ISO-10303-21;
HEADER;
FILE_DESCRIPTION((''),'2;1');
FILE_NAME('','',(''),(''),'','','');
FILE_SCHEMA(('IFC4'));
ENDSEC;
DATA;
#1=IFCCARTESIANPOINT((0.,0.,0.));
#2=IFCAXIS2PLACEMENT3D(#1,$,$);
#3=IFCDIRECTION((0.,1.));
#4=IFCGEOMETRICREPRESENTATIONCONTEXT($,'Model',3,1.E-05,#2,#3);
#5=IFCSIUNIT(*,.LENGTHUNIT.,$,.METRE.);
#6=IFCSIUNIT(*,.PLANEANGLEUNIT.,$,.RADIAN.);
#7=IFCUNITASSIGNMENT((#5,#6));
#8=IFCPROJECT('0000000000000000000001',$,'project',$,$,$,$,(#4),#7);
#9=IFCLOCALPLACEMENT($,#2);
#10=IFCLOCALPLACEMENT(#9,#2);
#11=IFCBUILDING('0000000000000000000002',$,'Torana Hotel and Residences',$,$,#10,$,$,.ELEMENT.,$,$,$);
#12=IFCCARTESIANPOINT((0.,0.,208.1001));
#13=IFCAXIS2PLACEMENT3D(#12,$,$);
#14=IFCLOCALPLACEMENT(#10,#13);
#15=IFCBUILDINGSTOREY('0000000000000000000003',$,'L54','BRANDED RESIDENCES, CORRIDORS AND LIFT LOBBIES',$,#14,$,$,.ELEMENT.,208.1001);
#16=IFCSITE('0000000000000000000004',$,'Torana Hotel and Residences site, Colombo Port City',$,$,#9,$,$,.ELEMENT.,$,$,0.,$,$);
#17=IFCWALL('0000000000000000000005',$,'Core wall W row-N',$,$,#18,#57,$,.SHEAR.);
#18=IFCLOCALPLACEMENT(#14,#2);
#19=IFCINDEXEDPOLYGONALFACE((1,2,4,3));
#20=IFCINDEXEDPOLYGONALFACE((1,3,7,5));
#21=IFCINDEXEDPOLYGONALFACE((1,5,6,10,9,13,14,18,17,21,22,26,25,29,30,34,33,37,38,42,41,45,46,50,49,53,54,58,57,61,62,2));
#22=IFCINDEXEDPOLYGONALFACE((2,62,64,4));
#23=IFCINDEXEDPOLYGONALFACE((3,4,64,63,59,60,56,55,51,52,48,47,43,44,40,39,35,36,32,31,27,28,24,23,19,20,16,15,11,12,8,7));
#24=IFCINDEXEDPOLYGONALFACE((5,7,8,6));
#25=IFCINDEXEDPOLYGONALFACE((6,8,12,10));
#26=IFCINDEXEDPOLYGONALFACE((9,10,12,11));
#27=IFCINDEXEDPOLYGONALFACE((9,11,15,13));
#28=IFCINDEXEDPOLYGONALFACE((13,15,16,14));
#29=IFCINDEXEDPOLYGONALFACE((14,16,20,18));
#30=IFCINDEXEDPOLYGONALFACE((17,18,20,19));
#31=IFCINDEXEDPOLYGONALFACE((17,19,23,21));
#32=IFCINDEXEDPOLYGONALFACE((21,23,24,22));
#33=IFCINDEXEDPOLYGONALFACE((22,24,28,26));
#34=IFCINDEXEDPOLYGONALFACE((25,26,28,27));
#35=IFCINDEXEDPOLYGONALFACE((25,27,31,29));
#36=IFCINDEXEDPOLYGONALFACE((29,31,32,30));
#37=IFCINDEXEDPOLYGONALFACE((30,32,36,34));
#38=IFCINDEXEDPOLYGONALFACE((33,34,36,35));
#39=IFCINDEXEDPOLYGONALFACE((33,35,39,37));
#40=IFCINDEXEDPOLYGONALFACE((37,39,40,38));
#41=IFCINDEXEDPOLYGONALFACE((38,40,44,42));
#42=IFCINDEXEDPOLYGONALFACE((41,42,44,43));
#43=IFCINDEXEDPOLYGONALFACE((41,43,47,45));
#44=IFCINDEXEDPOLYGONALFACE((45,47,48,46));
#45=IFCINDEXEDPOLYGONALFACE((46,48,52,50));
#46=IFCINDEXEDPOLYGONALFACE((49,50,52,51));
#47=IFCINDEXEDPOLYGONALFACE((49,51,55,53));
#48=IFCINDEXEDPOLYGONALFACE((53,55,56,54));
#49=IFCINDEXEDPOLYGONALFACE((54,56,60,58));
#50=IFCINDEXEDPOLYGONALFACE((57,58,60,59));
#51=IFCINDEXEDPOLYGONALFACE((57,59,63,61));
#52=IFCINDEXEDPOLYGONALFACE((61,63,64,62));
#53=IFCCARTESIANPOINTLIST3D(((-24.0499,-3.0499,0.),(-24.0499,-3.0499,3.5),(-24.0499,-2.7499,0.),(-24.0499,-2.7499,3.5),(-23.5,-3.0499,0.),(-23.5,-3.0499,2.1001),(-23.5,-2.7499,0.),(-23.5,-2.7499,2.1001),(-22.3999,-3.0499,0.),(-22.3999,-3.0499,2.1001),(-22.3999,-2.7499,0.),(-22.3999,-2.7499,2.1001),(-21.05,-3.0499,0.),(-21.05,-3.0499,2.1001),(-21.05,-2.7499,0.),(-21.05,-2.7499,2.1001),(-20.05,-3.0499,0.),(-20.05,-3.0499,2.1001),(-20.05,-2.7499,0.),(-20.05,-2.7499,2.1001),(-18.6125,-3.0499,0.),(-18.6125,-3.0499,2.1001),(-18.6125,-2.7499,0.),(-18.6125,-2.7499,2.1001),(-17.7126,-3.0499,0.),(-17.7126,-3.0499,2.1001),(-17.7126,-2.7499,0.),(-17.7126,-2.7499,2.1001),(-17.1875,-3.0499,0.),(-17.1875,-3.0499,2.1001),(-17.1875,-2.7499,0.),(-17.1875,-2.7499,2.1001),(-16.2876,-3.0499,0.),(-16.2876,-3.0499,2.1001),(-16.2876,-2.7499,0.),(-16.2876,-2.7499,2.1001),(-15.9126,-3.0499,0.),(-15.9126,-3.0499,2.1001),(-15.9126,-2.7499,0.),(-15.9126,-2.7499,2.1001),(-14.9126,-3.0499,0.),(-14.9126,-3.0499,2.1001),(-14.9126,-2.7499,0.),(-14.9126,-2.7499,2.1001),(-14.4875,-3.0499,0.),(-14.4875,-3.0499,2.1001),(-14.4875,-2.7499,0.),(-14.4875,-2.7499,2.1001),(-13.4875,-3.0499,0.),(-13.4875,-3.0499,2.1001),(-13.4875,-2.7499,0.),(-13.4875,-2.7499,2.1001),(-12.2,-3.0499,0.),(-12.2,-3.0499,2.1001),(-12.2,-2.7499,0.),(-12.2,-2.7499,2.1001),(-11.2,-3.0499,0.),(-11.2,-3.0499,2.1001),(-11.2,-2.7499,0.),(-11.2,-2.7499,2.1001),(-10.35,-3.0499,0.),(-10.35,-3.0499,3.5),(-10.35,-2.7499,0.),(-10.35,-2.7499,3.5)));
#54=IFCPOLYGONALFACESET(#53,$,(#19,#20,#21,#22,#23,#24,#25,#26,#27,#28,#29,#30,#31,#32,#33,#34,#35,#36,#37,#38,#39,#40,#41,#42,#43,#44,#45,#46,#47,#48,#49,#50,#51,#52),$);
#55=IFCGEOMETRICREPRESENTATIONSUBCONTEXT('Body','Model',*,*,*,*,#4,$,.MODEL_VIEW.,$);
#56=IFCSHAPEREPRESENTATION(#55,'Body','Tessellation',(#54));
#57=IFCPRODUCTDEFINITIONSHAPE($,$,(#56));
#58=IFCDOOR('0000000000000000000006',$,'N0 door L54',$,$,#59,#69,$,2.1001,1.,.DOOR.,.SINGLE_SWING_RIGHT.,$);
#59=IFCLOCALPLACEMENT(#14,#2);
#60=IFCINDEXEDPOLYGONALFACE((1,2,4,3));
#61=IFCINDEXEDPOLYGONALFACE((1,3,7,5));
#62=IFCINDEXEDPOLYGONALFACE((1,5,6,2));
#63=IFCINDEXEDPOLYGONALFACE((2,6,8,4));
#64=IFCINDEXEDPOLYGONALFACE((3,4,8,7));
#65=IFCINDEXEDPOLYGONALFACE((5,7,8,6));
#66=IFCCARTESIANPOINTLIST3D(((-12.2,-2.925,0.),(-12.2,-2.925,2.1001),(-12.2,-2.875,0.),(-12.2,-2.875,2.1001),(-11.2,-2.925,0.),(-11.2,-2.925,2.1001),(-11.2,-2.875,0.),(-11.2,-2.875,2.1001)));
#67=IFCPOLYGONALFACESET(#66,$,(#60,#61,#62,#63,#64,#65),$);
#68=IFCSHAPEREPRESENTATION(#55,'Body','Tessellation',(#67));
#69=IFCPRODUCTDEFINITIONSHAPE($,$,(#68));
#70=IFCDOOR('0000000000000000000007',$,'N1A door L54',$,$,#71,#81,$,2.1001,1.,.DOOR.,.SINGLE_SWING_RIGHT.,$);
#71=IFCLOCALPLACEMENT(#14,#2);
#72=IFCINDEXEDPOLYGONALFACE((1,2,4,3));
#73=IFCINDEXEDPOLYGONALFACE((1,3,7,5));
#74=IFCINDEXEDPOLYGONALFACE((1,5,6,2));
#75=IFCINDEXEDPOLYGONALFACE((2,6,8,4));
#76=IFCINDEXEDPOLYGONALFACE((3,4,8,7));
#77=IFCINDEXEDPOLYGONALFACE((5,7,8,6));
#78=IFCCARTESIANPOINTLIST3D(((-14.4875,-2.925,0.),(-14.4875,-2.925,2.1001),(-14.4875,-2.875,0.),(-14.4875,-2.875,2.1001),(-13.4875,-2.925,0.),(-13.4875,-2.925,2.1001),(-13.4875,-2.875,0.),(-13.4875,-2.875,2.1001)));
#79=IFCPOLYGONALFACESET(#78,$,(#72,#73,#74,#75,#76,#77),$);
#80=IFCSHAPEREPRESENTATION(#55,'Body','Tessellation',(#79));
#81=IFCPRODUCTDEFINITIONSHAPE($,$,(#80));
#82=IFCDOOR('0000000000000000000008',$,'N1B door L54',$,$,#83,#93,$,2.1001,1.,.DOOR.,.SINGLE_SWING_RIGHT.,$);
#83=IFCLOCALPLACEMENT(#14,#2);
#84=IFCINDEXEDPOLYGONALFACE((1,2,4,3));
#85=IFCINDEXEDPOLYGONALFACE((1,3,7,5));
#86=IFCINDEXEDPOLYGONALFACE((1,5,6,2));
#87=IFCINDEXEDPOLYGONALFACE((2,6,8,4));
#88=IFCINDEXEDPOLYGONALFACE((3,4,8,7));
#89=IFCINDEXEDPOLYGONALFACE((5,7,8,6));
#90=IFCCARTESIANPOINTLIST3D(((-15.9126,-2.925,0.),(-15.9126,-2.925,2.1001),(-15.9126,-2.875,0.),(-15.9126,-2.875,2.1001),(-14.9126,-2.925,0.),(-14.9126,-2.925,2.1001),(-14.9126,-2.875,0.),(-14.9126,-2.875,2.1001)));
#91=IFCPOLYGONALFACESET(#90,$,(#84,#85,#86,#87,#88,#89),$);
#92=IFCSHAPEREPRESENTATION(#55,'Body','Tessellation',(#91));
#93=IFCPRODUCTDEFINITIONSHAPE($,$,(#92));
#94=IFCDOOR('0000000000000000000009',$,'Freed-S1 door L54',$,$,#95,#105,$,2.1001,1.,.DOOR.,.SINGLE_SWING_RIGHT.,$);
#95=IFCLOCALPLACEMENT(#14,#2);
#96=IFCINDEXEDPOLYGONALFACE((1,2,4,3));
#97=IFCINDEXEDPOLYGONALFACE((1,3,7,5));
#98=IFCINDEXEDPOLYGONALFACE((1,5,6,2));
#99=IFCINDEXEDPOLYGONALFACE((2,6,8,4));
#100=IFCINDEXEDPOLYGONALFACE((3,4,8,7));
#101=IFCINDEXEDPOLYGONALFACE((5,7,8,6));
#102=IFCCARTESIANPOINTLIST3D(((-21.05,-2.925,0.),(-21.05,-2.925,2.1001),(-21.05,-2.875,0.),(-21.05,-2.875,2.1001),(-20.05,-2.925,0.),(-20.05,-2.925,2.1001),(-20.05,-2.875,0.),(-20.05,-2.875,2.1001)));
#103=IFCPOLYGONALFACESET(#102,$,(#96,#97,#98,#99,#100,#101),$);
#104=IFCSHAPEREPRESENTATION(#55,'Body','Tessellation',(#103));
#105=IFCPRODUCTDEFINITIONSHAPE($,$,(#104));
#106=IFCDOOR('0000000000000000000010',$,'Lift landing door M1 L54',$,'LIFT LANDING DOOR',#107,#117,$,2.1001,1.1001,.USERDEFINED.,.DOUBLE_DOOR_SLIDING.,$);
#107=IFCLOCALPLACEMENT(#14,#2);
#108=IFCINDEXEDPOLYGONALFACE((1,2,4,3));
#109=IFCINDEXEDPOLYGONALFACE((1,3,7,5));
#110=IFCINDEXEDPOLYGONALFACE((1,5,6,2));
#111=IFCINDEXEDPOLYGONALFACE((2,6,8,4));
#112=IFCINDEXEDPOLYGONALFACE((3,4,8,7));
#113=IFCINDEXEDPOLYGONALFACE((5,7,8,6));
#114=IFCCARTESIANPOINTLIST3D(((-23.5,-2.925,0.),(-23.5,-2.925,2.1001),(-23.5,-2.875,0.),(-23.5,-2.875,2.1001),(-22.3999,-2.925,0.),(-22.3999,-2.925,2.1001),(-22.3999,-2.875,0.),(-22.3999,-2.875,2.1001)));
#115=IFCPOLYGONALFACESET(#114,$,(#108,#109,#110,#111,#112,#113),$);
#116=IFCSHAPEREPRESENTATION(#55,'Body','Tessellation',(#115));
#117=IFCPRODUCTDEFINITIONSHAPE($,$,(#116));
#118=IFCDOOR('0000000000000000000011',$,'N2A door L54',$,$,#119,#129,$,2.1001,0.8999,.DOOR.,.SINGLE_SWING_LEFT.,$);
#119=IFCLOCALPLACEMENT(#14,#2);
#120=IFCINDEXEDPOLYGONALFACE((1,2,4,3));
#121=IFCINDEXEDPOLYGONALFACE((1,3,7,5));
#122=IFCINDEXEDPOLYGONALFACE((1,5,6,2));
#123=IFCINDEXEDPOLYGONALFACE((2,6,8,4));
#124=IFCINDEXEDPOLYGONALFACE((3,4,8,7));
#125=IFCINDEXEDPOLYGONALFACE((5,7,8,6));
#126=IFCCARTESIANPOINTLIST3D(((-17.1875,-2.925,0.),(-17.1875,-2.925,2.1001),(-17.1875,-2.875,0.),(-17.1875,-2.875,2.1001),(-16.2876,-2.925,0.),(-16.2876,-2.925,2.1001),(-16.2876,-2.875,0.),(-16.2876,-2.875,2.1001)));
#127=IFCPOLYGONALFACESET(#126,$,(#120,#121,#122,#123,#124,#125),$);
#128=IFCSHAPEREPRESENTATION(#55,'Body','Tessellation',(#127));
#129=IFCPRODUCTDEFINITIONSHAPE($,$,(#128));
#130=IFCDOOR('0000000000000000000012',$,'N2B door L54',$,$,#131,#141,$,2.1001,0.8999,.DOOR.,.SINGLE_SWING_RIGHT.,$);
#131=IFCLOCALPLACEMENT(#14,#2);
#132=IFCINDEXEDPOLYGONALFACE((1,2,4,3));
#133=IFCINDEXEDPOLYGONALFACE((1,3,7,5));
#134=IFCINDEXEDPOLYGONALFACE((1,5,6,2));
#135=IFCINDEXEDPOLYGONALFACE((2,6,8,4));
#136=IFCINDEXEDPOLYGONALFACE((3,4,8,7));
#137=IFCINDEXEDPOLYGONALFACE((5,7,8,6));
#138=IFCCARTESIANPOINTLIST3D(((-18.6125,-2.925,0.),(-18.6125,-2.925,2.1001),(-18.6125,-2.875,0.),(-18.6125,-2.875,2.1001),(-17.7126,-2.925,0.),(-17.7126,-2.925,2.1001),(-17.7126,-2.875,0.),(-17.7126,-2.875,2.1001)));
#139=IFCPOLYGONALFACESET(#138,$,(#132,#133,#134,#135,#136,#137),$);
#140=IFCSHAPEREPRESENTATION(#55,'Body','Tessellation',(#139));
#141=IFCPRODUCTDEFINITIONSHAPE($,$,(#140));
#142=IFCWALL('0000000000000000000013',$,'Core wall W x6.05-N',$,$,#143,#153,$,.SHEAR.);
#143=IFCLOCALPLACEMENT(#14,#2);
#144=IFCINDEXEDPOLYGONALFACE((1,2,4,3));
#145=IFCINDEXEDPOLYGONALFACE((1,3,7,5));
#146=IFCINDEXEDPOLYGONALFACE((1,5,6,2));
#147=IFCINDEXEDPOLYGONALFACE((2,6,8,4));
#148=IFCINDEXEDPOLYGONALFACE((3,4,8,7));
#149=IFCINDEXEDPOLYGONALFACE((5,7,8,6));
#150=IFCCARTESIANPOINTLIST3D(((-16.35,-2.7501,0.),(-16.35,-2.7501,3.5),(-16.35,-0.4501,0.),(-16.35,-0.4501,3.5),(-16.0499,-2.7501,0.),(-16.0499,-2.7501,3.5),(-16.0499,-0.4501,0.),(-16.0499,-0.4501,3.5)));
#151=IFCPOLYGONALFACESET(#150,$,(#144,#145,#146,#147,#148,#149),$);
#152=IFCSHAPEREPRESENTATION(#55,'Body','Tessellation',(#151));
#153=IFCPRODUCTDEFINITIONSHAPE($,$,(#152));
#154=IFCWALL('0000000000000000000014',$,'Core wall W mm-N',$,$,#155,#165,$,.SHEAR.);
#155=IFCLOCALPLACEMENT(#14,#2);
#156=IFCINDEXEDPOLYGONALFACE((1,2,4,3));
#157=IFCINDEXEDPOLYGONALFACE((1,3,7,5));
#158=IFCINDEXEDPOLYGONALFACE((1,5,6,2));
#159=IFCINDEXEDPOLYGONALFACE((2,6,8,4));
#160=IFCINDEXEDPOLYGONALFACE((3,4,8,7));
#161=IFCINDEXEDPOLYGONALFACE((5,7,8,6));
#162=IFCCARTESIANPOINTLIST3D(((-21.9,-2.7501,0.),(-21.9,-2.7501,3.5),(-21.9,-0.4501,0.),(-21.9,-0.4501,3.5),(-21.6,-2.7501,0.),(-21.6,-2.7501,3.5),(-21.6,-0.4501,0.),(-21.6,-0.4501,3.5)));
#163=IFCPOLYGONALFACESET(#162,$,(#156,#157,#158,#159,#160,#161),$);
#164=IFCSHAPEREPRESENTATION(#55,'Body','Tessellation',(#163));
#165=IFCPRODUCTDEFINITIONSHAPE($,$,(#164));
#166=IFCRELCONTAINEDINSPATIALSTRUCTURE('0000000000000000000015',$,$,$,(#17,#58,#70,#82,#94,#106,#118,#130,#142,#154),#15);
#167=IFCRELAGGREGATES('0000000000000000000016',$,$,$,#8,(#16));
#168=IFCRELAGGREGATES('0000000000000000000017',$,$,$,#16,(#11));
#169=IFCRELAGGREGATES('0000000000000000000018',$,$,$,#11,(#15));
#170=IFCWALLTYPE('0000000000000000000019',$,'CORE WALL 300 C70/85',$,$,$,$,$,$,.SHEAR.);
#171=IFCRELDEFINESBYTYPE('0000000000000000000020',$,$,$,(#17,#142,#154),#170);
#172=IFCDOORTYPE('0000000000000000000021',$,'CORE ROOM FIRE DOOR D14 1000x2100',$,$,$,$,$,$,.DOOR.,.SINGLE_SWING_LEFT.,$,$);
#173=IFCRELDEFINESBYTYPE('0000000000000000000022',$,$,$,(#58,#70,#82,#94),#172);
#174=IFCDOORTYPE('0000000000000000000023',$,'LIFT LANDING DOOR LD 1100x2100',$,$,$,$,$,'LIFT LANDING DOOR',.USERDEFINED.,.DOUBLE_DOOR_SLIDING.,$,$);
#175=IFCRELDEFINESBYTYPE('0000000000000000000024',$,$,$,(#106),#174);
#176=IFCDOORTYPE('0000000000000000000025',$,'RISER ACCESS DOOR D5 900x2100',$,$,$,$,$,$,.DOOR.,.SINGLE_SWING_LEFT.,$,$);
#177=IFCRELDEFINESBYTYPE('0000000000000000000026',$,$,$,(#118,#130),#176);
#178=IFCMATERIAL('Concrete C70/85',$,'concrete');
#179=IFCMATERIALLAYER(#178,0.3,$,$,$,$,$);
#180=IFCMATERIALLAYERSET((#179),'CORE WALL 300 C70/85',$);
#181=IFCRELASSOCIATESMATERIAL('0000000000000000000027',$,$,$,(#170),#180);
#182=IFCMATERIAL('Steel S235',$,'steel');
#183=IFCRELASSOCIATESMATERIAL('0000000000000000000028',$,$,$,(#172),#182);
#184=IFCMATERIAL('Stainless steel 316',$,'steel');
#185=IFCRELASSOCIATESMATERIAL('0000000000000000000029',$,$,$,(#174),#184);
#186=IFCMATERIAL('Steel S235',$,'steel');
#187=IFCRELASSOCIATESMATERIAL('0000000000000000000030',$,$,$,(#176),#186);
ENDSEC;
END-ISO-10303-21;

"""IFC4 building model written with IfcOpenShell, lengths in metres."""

from ifc_helpers import new_model, si_unit, direction, frame, frame_2d, origin, place, context, subcontext, project, spatial, rectangle, extrude, material, layer, layer_set, type_object, element, fill, save


model = new_model("IFC4")

# Units and contexts
model_context = context("Model", 3, precision=1e-05, world=origin(), true_north=direction((0.0, 1.0)))
body_context = subcontext(model_context, "Body", "Model", "MODEL_VIEW")
ifc_project = project(units=[si_unit("LENGTHUNIT", "METRE"), si_unit("PLANEANGLEUNIT", "RADIAN")], contexts=[model_context])

# Site, building, storey
site_placement = place(None, origin())
site = spatial("IfcSite", under=ifc_project, at=site_placement, Name="Torana Hotel and Residences site, Colombo Port City", CompositionType="ELEMENT", RefElevation=0.0)
building_placement = place(site_placement, origin())
building = spatial("IfcBuilding", under=site, at=building_placement, Name="Torana Hotel and Residences", CompositionType="ELEMENT")
storey_placement = place(building_placement, frame((0.0, 0.0, 208.1001)))
storey = spatial("IfcBuildingStorey", under=building, at=storey_placement, Name="L54", Description="BRANDED RESIDENCES, CORRIDORS AND LIFT LOBBIES", CompositionType="ELEMENT", Elevation=208.1001)

# Wall, openings, doors
ifc_material_1 = material(Name="Concrete C70/85", Category="concrete")
ifc_layer_1 = layer(ifc_material_1, 0.3)
ifc_layer_set_1 = layer_set([ifc_layer_1], Name="CORE WALL 300 C70/85")
wall_type_1 = type_object("IfcWallType", Name="CORE WALL 300 C70/85", PredefinedType="SHEAR", material=ifc_layer_set_1)
wall_1_placement = place(storey_placement, frame((-24.05, -2.8999, 0.0), z_axis=(0.0, 0.0, 1.0), x_axis=(1.0, 0.0, 0.0)))
wall_1 = element("IfcWall", 1, at=wall_1_placement, inside=storey, type_object=wall_type_1, Name="Core wall W row-N", PredefinedType="SHEAR", context=body_context, shape_type="SweptSolid", body=[
    extrude(rectangle(XDim=13.7, YDim=0.3, at=frame_2d((6.8501, 0.0))), origin(), (0.0, 0.0, 1.0), 3.5),
])
opening_1_placement = place(wall_1_placement, frame((0.55, 0.0, 0.0)))
opening_1 = element("IfcOpeningElement", 2, at=opening_1_placement, cuts=wall_1, PredefinedType="OPENING", context=body_context, shape_type="SweptSolid", body=[
    extrude(rectangle(XDim=1.1001, YDim=2.1001, at=frame_2d((0.55, 1.05))), frame((0.0, 0.1599, 0.0), z_axis=(0.0, -1.0, 0.0), x_axis=(1.0, 0.0, 0.0)), (0.0, 0.0, 1.0), 0.3201),
])
opening_2_placement = place(wall_1_placement, frame((6.8625, 0.0, 0.0)))
opening_2 = element("IfcOpeningElement", 3, at=opening_2_placement, cuts=wall_1, PredefinedType="OPENING", context=body_context, shape_type="SweptSolid", body=[
    extrude(rectangle(XDim=0.8999, YDim=2.1001, at=frame_2d((0.45, 1.05))), frame((0.0, 0.1599, 0.0), z_axis=(0.0, -1.0, 0.0), x_axis=(1.0, 0.0, 0.0)), (0.0, 0.0, 1.0), 0.3201),
])
opening_3_placement = place(wall_1_placement, frame((5.4375, 0.0, 0.0)))
opening_3 = element("IfcOpeningElement", 4, at=opening_3_placement, cuts=wall_1, PredefinedType="OPENING", context=body_context, shape_type="SweptSolid", body=[
    extrude(rectangle(XDim=0.8999, YDim=2.1001, at=frame_2d((0.45, 1.05))), frame((0.0, 0.1599, 0.0), z_axis=(0.0, -1.0, 0.0), x_axis=(1.0, 0.0, 0.0)), (0.0, 0.0, 1.0), 0.3201),
])
opening_4_placement = place(wall_1_placement, frame((11.8501, 0.0, 0.0)))
opening_4 = element("IfcOpeningElement", 5, at=opening_4_placement, cuts=wall_1, PredefinedType="OPENING", context=body_context, shape_type="SweptSolid", body=[
    extrude(rectangle(XDim=1.0, YDim=2.1001, at=frame_2d((0.5, 1.05))), frame((0.0, 0.1599, 0.0), z_axis=(0.0, -1.0, 0.0), x_axis=(1.0, 0.0, 0.0)), (0.0, 0.0, 1.0), 0.3201),
])
opening_5_placement = place(wall_1_placement, frame((9.5625, 0.0, 0.0)))
opening_5 = element("IfcOpeningElement", 6, at=opening_5_placement, cuts=wall_1, PredefinedType="OPENING", context=body_context, shape_type="SweptSolid", body=[
    extrude(rectangle(XDim=1.0, YDim=2.1001, at=frame_2d((0.5, 1.05))), frame((0.0, 0.1599, 0.0), z_axis=(0.0, -1.0, 0.0), x_axis=(1.0, 0.0, 0.0)), (0.0, 0.0, 1.0), 0.3201),
])
opening_6_placement = place(wall_1_placement, frame((8.1375, 0.0, 0.0)))
opening_6 = element("IfcOpeningElement", 7, at=opening_6_placement, cuts=wall_1, PredefinedType="OPENING", context=body_context, shape_type="SweptSolid", body=[
    extrude(rectangle(XDim=1.0, YDim=2.1001, at=frame_2d((0.5, 1.05))), frame((0.0, 0.1599, 0.0), z_axis=(0.0, -1.0, 0.0), x_axis=(1.0, 0.0, 0.0)), (0.0, 0.0, 1.0), 0.3201),
])
opening_7_placement = place(wall_1_placement, frame((3.0, 0.0, 0.0)))
opening_7 = element("IfcOpeningElement", 8, at=opening_7_placement, cuts=wall_1, PredefinedType="OPENING", context=body_context, shape_type="SweptSolid", body=[
    extrude(rectangle(XDim=1.0, YDim=2.1001, at=frame_2d((0.5, 1.05))), frame((0.0, 0.1599, 0.0), z_axis=(0.0, -1.0, 0.0), x_axis=(1.0, 0.0, 0.0)), (0.0, 0.0, 1.0), 0.3201),
])
ifc_material_2 = material(Name="Steel S235", Category="steel")
door_type_1 = type_object("IfcDoorType", Name="CORE ROOM FIRE DOOR D14 1000x2100", OperationType="SINGLE_SWING_LEFT", PredefinedType="DOOR", material=ifc_material_2)
door_1_placement = place(opening_4_placement, origin())
door_1 = element("IfcDoor", 9, at=door_1_placement, inside=storey, type_object=door_type_1, Name="N0 door L54", OperationType="SINGLE_SWING_RIGHT", OverallHeight=2.1001, OverallWidth=1.0, PredefinedType="DOOR", context=body_context, shape_type="SweptSolid", body=[
    extrude(rectangle(XDim=1.0, YDim=2.1001, at=frame_2d((0.5, 1.05))), frame((0.0, 0.0249, 0.0), z_axis=(0.0, -1.0, 0.0), x_axis=(1.0, 0.0, 0.0)), (0.0, 0.0, 1.0), 0.05),
])
fill(opening_4, door_1)
door_2_placement = place(opening_5_placement, origin())
door_2 = element("IfcDoor", 10, at=door_2_placement, inside=storey, type_object=door_type_1, Name="N1A door L54", OperationType="SINGLE_SWING_RIGHT", OverallHeight=2.1001, OverallWidth=1.0, PredefinedType="DOOR", context=body_context, shape_type="SweptSolid", body=[
    extrude(rectangle(XDim=1.0, YDim=2.1001, at=frame_2d((0.5, 1.05))), frame((0.0, 0.0249, 0.0), z_axis=(0.0, -1.0, 0.0), x_axis=(1.0, 0.0, 0.0)), (0.0, 0.0, 1.0), 0.05),
])
fill(opening_5, door_2)
door_3_placement = place(opening_6_placement, origin())
door_3 = element("IfcDoor", 11, at=door_3_placement, inside=storey, type_object=door_type_1, Name="N1B door L54", OperationType="SINGLE_SWING_RIGHT", OverallHeight=2.1001, OverallWidth=1.0, PredefinedType="DOOR", context=body_context, shape_type="SweptSolid", body=[
    extrude(rectangle(XDim=1.0, YDim=2.1001, at=frame_2d((0.5, 1.05))), frame((0.0, 0.0249, 0.0), z_axis=(0.0, -1.0, 0.0), x_axis=(1.0, 0.0, 0.0)), (0.0, 0.0, 1.0), 0.05),
])
fill(opening_6, door_3)
door_4_placement = place(opening_7_placement, origin())
door_4 = element("IfcDoor", 12, at=door_4_placement, inside=storey, type_object=door_type_1, Name="Freed-S1 door L54", OperationType="SINGLE_SWING_RIGHT", OverallHeight=2.1001, OverallWidth=1.0, PredefinedType="DOOR", context=body_context, shape_type="SweptSolid", body=[
    extrude(rectangle(XDim=1.0, YDim=2.1001, at=frame_2d((0.5, 1.05))), frame((0.0, 0.0249, 0.0), z_axis=(0.0, -1.0, 0.0), x_axis=(1.0, 0.0, 0.0)), (0.0, 0.0, 1.0), 0.05),
])
fill(opening_7, door_4)
ifc_material_3 = material(Name="Stainless steel 316", Category="steel")
door_type_2 = type_object("IfcDoorType", Name="LIFT LANDING DOOR LD 1100x2100", ElementType="LIFT LANDING DOOR", OperationType="DOUBLE_DOOR_SLIDING", PredefinedType="USERDEFINED", material=ifc_material_3)
door_5_placement = place(opening_1_placement, origin())
door_5 = element("IfcDoor", 13, at=door_5_placement, inside=storey, type_object=door_type_2, Name="Lift landing door M1 L54", ObjectType="LIFT LANDING DOOR", OperationType="DOUBLE_DOOR_SLIDING", OverallHeight=2.1001, OverallWidth=1.1001, PredefinedType="USERDEFINED", context=body_context, shape_type="SweptSolid", body=[
    extrude(rectangle(XDim=1.1001, YDim=2.1001, at=frame_2d((0.55, 1.05))), frame((0.0, 0.0249, 0.0), z_axis=(0.0, -1.0, 0.0), x_axis=(1.0, 0.0, 0.0)), (0.0, 0.0, 1.0), 0.05),
])
fill(opening_1, door_5)
ifc_material_4 = material(Name="Steel S235", Category="steel")
door_type_3 = type_object("IfcDoorType", Name="RISER ACCESS DOOR D5 900x2100", OperationType="SINGLE_SWING_LEFT", PredefinedType="DOOR", material=ifc_material_4)
door_6_placement = place(opening_2_placement, origin())
door_6 = element("IfcDoor", 14, at=door_6_placement, inside=storey, type_object=door_type_3, Name="N2A door L54", OperationType="SINGLE_SWING_LEFT", OverallHeight=2.1001, OverallWidth=0.8999, PredefinedType="DOOR", context=body_context, shape_type="SweptSolid", body=[
    extrude(rectangle(XDim=0.8999, YDim=2.1001, at=frame_2d((0.45, 1.05))), frame((0.0, 0.0249, 0.0), z_axis=(0.0, -1.0, 0.0), x_axis=(1.0, 0.0, 0.0)), (0.0, 0.0, 1.0), 0.05),
])
fill(opening_2, door_6)
door_7_placement = place(opening_3_placement, origin())
door_7 = element("IfcDoor", 15, at=door_7_placement, inside=storey, type_object=door_type_3, Name="N2B door L54", OperationType="SINGLE_SWING_RIGHT", OverallHeight=2.1001, OverallWidth=0.8999, PredefinedType="DOOR", context=body_context, shape_type="SweptSolid", body=[
    extrude(rectangle(XDim=0.8999, YDim=2.1001, at=frame_2d((0.45, 1.05))), frame((0.0, 0.0249, 0.0), z_axis=(0.0, -1.0, 0.0), x_axis=(1.0, 0.0, 0.0)), (0.0, 0.0, 1.0), 0.05),
])
fill(opening_3, door_7)

# Walls
for number, where, z_axis, x_axis, name in (
    (16, (-16.2, -2.75, 0.0), (0.0, 0.0, 1.0), (0.0, 1.0, 0.0), "Core wall W x6.05-N"),
    (17, (-21.75, -2.75, 0.0), (0.0, 0.0, 1.0), (0.0, 1.0, 0.0), "Core wall W mm-N"),
):
    element("IfcWall", number, at=place(storey_placement, frame(where, z_axis=z_axis, x_axis=x_axis)), inside=storey, type_object=wall_type_1, Name=name, PredefinedType="SHEAR", context=body_context, shape_type="SweptSolid", body=[
        extrude(rectangle(XDim=2.3, YDim=0.3, at=frame_2d((1.1499, 0.0))), origin(), (0.0, 0.0, 1.0), 3.5),
    ])

save(model, "model.ifc")
